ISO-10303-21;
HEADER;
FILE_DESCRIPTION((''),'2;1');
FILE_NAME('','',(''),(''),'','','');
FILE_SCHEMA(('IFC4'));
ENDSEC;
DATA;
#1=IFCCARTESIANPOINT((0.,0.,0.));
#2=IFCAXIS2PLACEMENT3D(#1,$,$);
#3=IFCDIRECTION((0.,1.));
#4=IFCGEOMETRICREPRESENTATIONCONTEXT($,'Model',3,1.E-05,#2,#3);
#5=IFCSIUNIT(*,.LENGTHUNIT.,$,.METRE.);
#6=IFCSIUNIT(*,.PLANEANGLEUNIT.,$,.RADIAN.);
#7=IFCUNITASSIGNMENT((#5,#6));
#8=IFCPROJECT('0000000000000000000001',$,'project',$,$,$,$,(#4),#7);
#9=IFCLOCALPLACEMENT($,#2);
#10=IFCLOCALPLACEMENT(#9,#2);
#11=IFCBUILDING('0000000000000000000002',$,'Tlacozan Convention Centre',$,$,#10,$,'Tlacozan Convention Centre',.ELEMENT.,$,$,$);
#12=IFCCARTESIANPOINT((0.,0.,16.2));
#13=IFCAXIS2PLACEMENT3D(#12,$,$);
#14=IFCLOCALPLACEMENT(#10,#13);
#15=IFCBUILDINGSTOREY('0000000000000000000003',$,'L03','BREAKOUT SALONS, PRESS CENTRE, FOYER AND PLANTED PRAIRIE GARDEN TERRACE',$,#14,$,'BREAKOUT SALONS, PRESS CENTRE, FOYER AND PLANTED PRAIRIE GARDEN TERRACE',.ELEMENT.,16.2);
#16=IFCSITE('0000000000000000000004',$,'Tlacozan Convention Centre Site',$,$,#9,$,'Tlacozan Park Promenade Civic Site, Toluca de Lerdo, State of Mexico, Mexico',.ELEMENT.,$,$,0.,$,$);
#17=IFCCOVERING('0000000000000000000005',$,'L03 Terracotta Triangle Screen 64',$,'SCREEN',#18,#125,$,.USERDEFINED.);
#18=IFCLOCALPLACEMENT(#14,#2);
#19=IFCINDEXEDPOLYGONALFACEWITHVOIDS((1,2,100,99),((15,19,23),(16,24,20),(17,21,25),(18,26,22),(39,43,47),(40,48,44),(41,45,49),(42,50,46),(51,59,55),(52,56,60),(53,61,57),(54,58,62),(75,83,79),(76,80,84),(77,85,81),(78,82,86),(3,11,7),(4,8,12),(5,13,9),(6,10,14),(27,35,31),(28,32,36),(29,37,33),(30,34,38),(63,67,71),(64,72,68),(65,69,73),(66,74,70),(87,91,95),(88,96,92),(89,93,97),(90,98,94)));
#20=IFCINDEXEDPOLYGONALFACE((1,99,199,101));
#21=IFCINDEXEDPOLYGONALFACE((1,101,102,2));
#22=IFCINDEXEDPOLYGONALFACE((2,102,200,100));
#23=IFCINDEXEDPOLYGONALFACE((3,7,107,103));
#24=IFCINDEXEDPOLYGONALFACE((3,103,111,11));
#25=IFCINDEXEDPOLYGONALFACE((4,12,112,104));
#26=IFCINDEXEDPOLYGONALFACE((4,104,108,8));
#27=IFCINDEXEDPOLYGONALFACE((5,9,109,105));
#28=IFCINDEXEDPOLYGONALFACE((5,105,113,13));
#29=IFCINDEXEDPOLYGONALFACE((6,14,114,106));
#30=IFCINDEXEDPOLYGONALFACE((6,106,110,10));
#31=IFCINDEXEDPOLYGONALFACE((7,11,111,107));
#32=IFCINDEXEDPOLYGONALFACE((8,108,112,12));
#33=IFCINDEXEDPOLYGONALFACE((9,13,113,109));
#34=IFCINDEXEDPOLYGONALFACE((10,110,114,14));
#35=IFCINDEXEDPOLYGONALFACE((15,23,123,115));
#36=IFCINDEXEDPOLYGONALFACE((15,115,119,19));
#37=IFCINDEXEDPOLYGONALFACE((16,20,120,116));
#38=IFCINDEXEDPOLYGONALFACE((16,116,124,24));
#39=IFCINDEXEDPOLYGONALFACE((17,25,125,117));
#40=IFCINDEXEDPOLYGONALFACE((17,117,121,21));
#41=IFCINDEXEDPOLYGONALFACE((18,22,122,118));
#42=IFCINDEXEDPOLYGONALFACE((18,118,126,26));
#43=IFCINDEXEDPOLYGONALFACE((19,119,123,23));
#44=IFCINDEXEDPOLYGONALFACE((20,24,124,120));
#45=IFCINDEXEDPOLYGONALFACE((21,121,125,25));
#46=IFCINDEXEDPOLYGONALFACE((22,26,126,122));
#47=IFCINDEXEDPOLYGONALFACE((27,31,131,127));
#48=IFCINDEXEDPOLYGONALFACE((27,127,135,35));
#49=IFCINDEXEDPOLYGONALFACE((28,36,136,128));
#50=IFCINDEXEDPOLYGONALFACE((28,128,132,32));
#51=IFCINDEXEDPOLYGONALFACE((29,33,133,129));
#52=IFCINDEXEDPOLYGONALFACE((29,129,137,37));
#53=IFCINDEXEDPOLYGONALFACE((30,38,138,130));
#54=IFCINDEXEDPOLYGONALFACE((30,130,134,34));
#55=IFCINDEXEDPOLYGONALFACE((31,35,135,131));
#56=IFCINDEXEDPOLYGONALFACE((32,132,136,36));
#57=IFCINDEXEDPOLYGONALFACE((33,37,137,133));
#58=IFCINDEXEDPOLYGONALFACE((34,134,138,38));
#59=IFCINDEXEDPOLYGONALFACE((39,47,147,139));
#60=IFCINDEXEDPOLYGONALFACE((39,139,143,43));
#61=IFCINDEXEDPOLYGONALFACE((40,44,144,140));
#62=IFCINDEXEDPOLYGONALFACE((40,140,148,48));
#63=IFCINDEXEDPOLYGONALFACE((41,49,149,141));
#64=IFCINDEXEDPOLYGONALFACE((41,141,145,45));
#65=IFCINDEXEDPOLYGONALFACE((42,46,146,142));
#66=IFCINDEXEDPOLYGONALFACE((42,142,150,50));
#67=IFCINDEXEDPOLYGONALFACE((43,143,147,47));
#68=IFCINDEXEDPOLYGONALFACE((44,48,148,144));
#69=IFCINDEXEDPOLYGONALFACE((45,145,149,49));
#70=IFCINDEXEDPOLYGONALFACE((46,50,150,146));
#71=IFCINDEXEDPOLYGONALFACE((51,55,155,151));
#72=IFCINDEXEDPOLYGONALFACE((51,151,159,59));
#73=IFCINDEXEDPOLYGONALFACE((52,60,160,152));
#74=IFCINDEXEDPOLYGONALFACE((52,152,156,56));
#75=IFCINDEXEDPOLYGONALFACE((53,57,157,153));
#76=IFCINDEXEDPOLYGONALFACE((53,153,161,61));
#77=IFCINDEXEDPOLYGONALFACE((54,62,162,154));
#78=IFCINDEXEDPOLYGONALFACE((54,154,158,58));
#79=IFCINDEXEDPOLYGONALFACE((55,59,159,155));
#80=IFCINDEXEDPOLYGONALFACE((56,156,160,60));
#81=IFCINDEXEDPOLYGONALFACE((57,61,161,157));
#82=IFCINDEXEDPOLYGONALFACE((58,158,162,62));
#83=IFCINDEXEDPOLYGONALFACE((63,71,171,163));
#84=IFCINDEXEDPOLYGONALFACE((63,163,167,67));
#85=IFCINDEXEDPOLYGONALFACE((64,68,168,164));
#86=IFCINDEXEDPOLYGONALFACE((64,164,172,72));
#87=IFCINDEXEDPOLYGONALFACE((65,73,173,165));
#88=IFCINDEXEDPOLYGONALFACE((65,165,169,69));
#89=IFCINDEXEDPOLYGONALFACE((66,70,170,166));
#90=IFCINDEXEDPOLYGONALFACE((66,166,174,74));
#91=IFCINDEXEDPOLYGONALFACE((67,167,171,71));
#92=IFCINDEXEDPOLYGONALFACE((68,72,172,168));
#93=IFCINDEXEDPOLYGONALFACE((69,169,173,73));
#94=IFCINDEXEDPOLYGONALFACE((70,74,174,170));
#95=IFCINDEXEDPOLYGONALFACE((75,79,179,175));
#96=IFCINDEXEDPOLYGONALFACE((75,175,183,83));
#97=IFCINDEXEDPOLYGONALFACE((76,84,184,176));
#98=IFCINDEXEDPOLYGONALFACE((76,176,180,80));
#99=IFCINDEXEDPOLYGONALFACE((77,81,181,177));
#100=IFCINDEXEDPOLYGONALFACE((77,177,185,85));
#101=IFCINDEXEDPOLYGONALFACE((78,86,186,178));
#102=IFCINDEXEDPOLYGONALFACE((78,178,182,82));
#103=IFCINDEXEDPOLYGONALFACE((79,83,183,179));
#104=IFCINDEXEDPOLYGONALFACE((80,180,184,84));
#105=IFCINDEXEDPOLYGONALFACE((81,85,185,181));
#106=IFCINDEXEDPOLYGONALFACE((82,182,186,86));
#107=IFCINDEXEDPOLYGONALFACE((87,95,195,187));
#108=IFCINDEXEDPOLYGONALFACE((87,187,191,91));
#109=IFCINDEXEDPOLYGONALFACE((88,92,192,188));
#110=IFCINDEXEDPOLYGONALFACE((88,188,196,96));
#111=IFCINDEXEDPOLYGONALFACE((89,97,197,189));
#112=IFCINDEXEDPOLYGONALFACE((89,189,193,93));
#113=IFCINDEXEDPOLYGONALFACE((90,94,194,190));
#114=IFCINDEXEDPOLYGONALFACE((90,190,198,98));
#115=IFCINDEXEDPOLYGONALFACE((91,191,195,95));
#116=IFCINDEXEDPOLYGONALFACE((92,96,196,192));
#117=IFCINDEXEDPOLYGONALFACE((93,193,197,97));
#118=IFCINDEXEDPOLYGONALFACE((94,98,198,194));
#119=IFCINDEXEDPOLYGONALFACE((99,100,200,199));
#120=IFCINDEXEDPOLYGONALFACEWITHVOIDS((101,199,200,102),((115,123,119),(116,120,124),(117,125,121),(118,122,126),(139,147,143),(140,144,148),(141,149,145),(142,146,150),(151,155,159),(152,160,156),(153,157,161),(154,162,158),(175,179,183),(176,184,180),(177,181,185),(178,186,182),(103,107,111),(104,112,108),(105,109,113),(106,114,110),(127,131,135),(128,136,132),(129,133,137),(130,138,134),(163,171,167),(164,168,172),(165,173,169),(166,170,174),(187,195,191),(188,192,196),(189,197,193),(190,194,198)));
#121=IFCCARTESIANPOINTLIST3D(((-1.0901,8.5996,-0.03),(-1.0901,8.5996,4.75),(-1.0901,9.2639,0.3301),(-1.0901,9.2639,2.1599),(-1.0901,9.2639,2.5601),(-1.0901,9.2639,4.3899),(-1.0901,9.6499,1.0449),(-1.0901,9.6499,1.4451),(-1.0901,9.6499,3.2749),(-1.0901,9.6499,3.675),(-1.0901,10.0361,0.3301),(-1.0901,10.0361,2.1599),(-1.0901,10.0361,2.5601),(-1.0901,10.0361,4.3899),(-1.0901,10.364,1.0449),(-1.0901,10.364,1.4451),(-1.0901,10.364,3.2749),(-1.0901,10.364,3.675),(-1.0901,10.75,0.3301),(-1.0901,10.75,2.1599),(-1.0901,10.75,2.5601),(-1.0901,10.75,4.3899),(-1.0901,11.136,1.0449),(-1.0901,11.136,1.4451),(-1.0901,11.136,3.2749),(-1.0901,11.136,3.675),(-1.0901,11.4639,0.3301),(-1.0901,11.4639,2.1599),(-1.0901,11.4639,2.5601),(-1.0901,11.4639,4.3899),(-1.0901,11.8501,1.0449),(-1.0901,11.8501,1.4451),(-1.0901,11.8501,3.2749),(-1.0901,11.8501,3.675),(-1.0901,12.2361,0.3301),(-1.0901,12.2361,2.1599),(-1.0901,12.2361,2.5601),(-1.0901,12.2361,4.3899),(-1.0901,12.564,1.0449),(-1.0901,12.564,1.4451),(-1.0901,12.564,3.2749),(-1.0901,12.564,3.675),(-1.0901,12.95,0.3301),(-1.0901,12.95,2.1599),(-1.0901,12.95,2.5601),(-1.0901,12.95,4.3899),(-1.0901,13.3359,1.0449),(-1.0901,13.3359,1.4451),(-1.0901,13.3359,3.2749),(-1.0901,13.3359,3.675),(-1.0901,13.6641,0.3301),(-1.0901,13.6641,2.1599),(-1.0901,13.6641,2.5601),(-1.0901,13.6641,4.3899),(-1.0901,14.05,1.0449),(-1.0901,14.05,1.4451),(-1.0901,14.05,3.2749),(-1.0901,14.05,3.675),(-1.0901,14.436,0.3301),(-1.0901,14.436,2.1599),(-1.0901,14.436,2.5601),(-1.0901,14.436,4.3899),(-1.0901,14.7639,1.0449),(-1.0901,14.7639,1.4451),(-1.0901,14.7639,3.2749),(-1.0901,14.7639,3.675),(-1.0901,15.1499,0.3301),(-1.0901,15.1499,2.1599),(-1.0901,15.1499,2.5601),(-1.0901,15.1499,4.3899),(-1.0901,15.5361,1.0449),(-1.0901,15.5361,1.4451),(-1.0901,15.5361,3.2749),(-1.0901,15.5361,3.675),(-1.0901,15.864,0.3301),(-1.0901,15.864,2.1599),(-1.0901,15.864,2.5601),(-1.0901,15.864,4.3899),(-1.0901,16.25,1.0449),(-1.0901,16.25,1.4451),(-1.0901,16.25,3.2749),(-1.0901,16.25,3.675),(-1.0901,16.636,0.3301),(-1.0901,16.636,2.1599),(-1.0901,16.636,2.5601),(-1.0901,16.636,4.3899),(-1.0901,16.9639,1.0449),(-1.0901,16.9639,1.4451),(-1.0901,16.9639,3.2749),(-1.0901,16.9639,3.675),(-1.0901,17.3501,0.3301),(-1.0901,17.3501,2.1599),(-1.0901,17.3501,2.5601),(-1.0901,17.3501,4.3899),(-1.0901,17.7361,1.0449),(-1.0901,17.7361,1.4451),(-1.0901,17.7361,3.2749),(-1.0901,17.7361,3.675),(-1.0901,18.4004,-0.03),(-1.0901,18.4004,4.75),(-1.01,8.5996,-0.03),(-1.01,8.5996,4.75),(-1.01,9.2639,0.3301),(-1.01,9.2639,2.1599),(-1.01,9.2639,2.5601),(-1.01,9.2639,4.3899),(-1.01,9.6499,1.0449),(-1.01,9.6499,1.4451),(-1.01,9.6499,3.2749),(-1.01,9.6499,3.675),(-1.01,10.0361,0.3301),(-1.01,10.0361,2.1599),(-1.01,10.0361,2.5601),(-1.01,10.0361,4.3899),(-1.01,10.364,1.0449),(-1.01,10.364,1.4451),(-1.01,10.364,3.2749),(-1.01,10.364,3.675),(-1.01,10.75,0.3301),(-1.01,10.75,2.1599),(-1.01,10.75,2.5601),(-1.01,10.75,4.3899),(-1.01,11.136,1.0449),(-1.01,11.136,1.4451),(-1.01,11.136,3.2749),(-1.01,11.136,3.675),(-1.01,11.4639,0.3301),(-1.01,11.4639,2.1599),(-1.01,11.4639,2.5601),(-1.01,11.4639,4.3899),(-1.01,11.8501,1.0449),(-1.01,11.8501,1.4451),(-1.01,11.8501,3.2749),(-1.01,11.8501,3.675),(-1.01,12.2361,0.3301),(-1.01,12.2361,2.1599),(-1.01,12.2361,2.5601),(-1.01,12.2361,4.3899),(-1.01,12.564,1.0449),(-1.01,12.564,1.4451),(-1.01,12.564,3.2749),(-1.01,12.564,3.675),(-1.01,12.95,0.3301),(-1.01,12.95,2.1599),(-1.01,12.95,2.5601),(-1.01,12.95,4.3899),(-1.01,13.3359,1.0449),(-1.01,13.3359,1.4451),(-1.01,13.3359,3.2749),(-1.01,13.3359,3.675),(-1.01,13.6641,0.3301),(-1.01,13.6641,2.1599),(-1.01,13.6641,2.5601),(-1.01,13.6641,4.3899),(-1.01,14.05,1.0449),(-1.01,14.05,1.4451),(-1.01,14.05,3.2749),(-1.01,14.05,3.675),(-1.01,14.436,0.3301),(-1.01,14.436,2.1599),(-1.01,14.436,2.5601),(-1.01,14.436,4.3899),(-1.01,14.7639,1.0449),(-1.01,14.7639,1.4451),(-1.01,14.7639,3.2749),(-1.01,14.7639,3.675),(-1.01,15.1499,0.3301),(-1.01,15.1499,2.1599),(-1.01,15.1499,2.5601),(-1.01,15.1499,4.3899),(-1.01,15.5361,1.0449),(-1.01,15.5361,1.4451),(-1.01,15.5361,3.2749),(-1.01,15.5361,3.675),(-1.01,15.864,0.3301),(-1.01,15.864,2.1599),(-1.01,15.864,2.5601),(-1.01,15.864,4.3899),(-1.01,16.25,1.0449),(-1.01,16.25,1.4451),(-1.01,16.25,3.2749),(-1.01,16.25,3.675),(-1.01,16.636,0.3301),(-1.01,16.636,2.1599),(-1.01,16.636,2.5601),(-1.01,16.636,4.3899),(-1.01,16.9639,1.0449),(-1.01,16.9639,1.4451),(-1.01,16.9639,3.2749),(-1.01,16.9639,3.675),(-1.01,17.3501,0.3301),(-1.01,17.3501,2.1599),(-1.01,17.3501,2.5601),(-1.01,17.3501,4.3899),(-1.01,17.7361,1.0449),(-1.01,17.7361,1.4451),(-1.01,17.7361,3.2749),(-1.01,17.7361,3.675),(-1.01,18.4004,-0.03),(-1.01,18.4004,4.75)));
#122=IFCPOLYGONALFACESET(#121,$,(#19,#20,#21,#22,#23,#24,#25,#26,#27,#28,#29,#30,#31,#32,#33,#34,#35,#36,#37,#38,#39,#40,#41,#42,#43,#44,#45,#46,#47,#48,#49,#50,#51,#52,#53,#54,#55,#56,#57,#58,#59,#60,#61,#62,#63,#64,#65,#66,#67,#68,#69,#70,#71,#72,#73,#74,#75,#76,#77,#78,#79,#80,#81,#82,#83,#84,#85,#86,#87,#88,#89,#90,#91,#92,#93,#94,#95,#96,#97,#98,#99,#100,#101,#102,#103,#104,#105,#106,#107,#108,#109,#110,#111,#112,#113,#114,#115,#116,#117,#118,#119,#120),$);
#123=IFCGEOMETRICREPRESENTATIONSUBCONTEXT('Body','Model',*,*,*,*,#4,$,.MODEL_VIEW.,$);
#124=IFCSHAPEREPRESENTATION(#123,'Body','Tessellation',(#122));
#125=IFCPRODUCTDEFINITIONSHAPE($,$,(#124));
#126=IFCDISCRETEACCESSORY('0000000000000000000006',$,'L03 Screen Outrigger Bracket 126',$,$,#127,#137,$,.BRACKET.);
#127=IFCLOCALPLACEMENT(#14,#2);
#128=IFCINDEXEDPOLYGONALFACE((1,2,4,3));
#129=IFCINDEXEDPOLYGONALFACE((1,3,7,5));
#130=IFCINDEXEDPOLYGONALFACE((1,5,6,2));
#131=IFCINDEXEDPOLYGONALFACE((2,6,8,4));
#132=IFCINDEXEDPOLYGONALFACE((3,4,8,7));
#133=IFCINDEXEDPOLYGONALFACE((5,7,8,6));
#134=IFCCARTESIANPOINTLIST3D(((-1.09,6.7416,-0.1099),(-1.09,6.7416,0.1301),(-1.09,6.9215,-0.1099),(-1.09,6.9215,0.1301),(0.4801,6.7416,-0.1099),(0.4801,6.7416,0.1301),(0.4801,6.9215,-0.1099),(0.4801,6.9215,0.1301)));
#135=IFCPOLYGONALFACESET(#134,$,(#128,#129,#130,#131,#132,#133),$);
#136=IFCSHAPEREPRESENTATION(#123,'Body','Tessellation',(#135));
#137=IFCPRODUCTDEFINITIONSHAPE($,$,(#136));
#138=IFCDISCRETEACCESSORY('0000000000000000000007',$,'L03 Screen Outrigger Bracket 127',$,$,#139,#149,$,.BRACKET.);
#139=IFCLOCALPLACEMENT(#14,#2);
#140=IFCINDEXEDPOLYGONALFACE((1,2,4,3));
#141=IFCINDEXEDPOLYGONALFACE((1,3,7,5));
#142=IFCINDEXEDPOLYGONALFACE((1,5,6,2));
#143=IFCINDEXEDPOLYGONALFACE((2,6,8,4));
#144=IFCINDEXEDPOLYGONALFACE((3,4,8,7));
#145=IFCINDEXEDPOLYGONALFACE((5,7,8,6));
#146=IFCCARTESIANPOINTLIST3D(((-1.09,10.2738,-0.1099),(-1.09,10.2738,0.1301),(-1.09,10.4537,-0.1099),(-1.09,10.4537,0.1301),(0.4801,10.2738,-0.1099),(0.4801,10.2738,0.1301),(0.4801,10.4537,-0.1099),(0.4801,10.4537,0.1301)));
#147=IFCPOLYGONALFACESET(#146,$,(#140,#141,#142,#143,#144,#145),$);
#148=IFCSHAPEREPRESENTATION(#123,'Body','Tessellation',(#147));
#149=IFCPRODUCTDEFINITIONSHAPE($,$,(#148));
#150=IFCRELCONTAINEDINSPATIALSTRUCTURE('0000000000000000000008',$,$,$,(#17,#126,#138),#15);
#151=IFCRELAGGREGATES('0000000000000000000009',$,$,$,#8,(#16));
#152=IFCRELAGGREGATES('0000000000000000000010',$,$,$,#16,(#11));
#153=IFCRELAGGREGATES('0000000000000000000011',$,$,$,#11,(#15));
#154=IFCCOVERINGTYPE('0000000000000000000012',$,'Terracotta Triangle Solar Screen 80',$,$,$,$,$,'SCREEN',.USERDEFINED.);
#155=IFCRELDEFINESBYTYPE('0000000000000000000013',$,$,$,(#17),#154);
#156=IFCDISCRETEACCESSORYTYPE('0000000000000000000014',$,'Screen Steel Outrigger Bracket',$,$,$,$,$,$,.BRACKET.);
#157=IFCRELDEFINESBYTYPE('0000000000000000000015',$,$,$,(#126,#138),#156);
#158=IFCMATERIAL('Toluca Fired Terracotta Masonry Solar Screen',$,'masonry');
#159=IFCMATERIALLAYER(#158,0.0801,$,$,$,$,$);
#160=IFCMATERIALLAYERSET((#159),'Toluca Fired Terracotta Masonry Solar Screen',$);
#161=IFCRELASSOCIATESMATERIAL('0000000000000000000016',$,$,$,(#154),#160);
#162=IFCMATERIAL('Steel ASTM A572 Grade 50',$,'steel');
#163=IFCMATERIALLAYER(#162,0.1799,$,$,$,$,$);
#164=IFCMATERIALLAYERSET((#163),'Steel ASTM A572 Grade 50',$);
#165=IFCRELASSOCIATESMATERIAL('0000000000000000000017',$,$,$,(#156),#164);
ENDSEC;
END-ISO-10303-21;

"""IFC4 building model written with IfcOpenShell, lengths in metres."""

from ifc_helpers import new_model, si_unit, direction, frame, origin, origin_2d, place, context, subcontext, project, spatial, polyline, rectangle, outline, extrude, material, layer, layer_set, type_object, element, save


model = new_model("IFC4")

# Units and contexts
model_context = context("Model", 3, precision=1e-05, world=origin(), true_north=direction((0.0, 1.0)))
body_context = subcontext(model_context, "Body", "Model", "MODEL_VIEW")
ifc_project = project(units=[si_unit("LENGTHUNIT", "METRE"), si_unit("PLANEANGLEUNIT", "RADIAN")], contexts=[model_context])

# Site, building, storey
site_placement = place(None, origin())
site = spatial("IfcSite", under=ifc_project, at=site_placement, Name="Tlacozan Convention Centre Site", LongName="Tlacozan Park Promenade Civic Site, Toluca de Lerdo, State of Mexico, Mexico", CompositionType="ELEMENT", RefElevation=0.0)
building_placement = place(site_placement, origin())
building = spatial("IfcBuilding", under=site, at=building_placement, Name="Tlacozan Convention Centre", LongName="Tlacozan Convention Centre", CompositionType="ELEMENT")
storey_placement = place(building_placement, frame((0.0, 0.0, 16.2)))
storey = spatial("IfcBuildingStorey", under=building, at=storey_placement, Name="L03", Description="BREAKOUT SALONS, PRESS CENTRE, FOYER AND PLANTED PRAIRIE GARDEN TERRACE", LongName="BREAKOUT SALONS, PRESS CENTRE, FOYER AND PLANTED PRAIRIE GARDEN TERRACE", CompositionType="ELEMENT", Elevation=16.2)

# Covering
ifc_material_1 = material(Name="Toluca Fired Terracotta Masonry Solar Screen", Category="masonry")
ifc_layer_1 = layer(ifc_material_1, 0.0801)
ifc_layer_set_1 = layer_set([ifc_layer_1], Name="Toluca Fired Terracotta Masonry Solar Screen")
covering_type = type_object("IfcCoveringType", Name="Terracotta Triangle Solar Screen 80", ElementType="SCREEN", PredefinedType="USERDEFINED", material=ifc_layer_set_1)
covering_placement = place(storey_placement, frame((-1.05, 8.5996, -0.03), z_axis=(0.0, 0.0, 1.0), x_axis=(0.0, 1.0, 0.0)))
element("IfcCovering", 1, at=covering_placement, inside=storey, type_object=covering_type, Name="L03 Terracotta Triangle Screen 64", ObjectType="SCREEN", PredefinedType="USERDEFINED", context=body_context, shape_type="SweptSolid", body=[
    extrude(outline(polyline([(0.0, 0.0), (9.8008, 0.0), (9.8008, 4.78), (0.0, 4.78), (0.0, 0.0)]), holes=[polyline([(0.6643, 0.3601), (1.4365, 0.3601), (1.0503, 1.075), (0.6643, 0.3601)]), polyline([(1.7644, 1.075), (2.5364, 1.075), (2.1504, 0.3601), (1.7644, 1.075)]), polyline([(2.8643, 0.3601), (3.6365, 0.3601), (3.2505, 1.075), (2.8643, 0.3601)]), polyline([(3.9644, 1.075), (4.7363, 1.075), (4.3503, 0.3601), (3.9644, 1.075)]), polyline([(5.0645, 0.3601), (5.8364, 0.3601), (5.4504, 1.075), (5.0645, 0.3601)]), polyline([(6.1643, 1.075), (6.9365, 1.075), (6.5503, 0.3601), (6.1643, 1.075)]), polyline([(7.2644, 0.3601), (8.0364, 0.3601), (7.6504, 1.075), (7.2644, 0.3601)]), polyline([(8.3643, 1.075), (9.1365, 1.075), (8.7505, 0.3601), (8.3643, 1.075)]), polyline([(0.6643, 2.1899), (1.4365, 2.1899), (1.0503, 1.4751), (0.6643, 2.1899)]), polyline([(1.7644, 1.4751), (2.5364, 1.4751), (2.1504, 2.1899), (1.7644, 1.4751)]), polyline([(2.8643, 2.1899), (3.6365, 2.1899), (3.2505, 1.4751), (2.8643, 2.1899)]), polyline([(3.9644, 1.4751), (4.7363, 1.4751), (4.3503, 2.1899), (3.9644, 1.4751)]), polyline([(5.0645, 2.1899), (5.8364, 2.1899), (5.4504, 1.4751), (5.0645, 2.1899)]), polyline([(6.1643, 1.4751), (6.9365, 1.4751), (6.5503, 2.1899), (6.1643, 1.4751)]), polyline([(7.2644, 2.1899), (8.0364, 2.1899), (7.6504, 1.4751), (7.2644, 2.1899)]), polyline([(8.3643, 1.4751), (9.1365, 1.4751), (8.7505, 2.1899), (8.3643, 1.4751)]), polyline([(0.6643, 2.5901), (1.4365, 2.5901), (1.0503, 3.3049), (0.6643, 2.5901)]), polyline([(1.7644, 3.3049), (2.5364, 3.3049), (2.1504, 2.5901), (1.7644, 3.3049)]), polyline([(2.8643, 2.5901), (3.6365, 2.5901), (3.2505, 3.3049), (2.8643, 2.5901)]), polyline([(3.9644, 3.3049), (4.7363, 3.3049), (4.3503, 2.5901), (3.9644, 3.3049)]), polyline([(5.0645, 2.5901), (5.8364, 2.5901), (5.4504, 3.3049), (5.0645, 2.5901)]), polyline([(6.1643, 3.3049), (6.9365, 3.3049), (6.5503, 2.5901), (6.1643, 3.3049)]), polyline([(7.2644, 2.5901), (8.0364, 2.5901), (7.6504, 3.3049), (7.2644, 2.5901)]), polyline([(8.3643, 3.3049), (9.1365, 3.3049), (8.7505, 2.5901), (8.3643, 3.3049)]), polyline([(0.6643, 4.4199), (1.4365, 4.4199), (1.0503, 3.7051), (0.6643, 4.4199)]), polyline([(1.7644, 3.7051), (2.5364, 3.7051), (2.1504, 4.4199), (1.7644, 3.7051)]), polyline([(2.8643, 4.4199), (3.6365, 4.4199), (3.2505, 3.7051), (2.8643, 4.4199)]), polyline([(3.9644, 3.7051), (4.7363, 3.7051), (4.3503, 4.4199), (3.9644, 3.7051)]), polyline([(5.0645, 4.4199), (5.8364, 4.4199), (5.4504, 3.7051), (5.0645, 4.4199)]), polyline([(6.1643, 3.7051), (6.9365, 3.7051), (6.5503, 4.4199), (6.1643, 3.7051)]), polyline([(7.2644, 4.4199), (8.0364, 4.4199), (7.6504, 3.7051), (7.2644, 4.4199)]), polyline([(8.3643, 3.7051), (9.1365, 3.7051), (8.7505, 4.4199), (8.3643, 3.7051)])]), frame((0.0, 0.04, 0.0), z_axis=(0.0, -1.0, 0.0), x_axis=(1.0, 0.0, 0.0)), (0.0, 0.0, 1.0), 0.0801),
])

# Discrete accessories
ifc_material_2 = material(Name="Steel ASTM A572 Grade 50", Category="steel")
ifc_layer_2 = layer(ifc_material_2, 0.1799)
ifc_layer_set_2 = layer_set([ifc_layer_2], Name="Steel ASTM A572 Grade 50")
discrete_accessory_type = type_object("IfcDiscreteAccessoryType", Name="Screen Steel Outrigger Bracket", PredefinedType="BRACKET", material=ifc_layer_set_2)
for number, where, z_axis, x_axis, name in (
    (2, (-0.3049, 6.8315, -0.1099), (0.0, 0.0, 1.0), (1.0, 0.0, 0.0), "L03 Screen Outrigger Bracket 126"),
    (3, (-0.3049, 10.3638, -0.1099), (0.0, 0.0, 1.0), (1.0, 0.0, 0.0), "L03 Screen Outrigger Bracket 127"),
):
    element("IfcDiscreteAccessory", number, at=place(storey_placement, frame(where, z_axis=z_axis, x_axis=x_axis)), inside=storey, type_object=discrete_accessory_type, Name=name, PredefinedType="BRACKET", context=body_context, shape_type="SweptSolid", body=[
        extrude(rectangle(XDim=1.5701, YDim=0.1799, at=origin_2d()), origin(), (0.0, 0.0, 1.0), 0.24),
    ])

save(model, "model.ifc")
